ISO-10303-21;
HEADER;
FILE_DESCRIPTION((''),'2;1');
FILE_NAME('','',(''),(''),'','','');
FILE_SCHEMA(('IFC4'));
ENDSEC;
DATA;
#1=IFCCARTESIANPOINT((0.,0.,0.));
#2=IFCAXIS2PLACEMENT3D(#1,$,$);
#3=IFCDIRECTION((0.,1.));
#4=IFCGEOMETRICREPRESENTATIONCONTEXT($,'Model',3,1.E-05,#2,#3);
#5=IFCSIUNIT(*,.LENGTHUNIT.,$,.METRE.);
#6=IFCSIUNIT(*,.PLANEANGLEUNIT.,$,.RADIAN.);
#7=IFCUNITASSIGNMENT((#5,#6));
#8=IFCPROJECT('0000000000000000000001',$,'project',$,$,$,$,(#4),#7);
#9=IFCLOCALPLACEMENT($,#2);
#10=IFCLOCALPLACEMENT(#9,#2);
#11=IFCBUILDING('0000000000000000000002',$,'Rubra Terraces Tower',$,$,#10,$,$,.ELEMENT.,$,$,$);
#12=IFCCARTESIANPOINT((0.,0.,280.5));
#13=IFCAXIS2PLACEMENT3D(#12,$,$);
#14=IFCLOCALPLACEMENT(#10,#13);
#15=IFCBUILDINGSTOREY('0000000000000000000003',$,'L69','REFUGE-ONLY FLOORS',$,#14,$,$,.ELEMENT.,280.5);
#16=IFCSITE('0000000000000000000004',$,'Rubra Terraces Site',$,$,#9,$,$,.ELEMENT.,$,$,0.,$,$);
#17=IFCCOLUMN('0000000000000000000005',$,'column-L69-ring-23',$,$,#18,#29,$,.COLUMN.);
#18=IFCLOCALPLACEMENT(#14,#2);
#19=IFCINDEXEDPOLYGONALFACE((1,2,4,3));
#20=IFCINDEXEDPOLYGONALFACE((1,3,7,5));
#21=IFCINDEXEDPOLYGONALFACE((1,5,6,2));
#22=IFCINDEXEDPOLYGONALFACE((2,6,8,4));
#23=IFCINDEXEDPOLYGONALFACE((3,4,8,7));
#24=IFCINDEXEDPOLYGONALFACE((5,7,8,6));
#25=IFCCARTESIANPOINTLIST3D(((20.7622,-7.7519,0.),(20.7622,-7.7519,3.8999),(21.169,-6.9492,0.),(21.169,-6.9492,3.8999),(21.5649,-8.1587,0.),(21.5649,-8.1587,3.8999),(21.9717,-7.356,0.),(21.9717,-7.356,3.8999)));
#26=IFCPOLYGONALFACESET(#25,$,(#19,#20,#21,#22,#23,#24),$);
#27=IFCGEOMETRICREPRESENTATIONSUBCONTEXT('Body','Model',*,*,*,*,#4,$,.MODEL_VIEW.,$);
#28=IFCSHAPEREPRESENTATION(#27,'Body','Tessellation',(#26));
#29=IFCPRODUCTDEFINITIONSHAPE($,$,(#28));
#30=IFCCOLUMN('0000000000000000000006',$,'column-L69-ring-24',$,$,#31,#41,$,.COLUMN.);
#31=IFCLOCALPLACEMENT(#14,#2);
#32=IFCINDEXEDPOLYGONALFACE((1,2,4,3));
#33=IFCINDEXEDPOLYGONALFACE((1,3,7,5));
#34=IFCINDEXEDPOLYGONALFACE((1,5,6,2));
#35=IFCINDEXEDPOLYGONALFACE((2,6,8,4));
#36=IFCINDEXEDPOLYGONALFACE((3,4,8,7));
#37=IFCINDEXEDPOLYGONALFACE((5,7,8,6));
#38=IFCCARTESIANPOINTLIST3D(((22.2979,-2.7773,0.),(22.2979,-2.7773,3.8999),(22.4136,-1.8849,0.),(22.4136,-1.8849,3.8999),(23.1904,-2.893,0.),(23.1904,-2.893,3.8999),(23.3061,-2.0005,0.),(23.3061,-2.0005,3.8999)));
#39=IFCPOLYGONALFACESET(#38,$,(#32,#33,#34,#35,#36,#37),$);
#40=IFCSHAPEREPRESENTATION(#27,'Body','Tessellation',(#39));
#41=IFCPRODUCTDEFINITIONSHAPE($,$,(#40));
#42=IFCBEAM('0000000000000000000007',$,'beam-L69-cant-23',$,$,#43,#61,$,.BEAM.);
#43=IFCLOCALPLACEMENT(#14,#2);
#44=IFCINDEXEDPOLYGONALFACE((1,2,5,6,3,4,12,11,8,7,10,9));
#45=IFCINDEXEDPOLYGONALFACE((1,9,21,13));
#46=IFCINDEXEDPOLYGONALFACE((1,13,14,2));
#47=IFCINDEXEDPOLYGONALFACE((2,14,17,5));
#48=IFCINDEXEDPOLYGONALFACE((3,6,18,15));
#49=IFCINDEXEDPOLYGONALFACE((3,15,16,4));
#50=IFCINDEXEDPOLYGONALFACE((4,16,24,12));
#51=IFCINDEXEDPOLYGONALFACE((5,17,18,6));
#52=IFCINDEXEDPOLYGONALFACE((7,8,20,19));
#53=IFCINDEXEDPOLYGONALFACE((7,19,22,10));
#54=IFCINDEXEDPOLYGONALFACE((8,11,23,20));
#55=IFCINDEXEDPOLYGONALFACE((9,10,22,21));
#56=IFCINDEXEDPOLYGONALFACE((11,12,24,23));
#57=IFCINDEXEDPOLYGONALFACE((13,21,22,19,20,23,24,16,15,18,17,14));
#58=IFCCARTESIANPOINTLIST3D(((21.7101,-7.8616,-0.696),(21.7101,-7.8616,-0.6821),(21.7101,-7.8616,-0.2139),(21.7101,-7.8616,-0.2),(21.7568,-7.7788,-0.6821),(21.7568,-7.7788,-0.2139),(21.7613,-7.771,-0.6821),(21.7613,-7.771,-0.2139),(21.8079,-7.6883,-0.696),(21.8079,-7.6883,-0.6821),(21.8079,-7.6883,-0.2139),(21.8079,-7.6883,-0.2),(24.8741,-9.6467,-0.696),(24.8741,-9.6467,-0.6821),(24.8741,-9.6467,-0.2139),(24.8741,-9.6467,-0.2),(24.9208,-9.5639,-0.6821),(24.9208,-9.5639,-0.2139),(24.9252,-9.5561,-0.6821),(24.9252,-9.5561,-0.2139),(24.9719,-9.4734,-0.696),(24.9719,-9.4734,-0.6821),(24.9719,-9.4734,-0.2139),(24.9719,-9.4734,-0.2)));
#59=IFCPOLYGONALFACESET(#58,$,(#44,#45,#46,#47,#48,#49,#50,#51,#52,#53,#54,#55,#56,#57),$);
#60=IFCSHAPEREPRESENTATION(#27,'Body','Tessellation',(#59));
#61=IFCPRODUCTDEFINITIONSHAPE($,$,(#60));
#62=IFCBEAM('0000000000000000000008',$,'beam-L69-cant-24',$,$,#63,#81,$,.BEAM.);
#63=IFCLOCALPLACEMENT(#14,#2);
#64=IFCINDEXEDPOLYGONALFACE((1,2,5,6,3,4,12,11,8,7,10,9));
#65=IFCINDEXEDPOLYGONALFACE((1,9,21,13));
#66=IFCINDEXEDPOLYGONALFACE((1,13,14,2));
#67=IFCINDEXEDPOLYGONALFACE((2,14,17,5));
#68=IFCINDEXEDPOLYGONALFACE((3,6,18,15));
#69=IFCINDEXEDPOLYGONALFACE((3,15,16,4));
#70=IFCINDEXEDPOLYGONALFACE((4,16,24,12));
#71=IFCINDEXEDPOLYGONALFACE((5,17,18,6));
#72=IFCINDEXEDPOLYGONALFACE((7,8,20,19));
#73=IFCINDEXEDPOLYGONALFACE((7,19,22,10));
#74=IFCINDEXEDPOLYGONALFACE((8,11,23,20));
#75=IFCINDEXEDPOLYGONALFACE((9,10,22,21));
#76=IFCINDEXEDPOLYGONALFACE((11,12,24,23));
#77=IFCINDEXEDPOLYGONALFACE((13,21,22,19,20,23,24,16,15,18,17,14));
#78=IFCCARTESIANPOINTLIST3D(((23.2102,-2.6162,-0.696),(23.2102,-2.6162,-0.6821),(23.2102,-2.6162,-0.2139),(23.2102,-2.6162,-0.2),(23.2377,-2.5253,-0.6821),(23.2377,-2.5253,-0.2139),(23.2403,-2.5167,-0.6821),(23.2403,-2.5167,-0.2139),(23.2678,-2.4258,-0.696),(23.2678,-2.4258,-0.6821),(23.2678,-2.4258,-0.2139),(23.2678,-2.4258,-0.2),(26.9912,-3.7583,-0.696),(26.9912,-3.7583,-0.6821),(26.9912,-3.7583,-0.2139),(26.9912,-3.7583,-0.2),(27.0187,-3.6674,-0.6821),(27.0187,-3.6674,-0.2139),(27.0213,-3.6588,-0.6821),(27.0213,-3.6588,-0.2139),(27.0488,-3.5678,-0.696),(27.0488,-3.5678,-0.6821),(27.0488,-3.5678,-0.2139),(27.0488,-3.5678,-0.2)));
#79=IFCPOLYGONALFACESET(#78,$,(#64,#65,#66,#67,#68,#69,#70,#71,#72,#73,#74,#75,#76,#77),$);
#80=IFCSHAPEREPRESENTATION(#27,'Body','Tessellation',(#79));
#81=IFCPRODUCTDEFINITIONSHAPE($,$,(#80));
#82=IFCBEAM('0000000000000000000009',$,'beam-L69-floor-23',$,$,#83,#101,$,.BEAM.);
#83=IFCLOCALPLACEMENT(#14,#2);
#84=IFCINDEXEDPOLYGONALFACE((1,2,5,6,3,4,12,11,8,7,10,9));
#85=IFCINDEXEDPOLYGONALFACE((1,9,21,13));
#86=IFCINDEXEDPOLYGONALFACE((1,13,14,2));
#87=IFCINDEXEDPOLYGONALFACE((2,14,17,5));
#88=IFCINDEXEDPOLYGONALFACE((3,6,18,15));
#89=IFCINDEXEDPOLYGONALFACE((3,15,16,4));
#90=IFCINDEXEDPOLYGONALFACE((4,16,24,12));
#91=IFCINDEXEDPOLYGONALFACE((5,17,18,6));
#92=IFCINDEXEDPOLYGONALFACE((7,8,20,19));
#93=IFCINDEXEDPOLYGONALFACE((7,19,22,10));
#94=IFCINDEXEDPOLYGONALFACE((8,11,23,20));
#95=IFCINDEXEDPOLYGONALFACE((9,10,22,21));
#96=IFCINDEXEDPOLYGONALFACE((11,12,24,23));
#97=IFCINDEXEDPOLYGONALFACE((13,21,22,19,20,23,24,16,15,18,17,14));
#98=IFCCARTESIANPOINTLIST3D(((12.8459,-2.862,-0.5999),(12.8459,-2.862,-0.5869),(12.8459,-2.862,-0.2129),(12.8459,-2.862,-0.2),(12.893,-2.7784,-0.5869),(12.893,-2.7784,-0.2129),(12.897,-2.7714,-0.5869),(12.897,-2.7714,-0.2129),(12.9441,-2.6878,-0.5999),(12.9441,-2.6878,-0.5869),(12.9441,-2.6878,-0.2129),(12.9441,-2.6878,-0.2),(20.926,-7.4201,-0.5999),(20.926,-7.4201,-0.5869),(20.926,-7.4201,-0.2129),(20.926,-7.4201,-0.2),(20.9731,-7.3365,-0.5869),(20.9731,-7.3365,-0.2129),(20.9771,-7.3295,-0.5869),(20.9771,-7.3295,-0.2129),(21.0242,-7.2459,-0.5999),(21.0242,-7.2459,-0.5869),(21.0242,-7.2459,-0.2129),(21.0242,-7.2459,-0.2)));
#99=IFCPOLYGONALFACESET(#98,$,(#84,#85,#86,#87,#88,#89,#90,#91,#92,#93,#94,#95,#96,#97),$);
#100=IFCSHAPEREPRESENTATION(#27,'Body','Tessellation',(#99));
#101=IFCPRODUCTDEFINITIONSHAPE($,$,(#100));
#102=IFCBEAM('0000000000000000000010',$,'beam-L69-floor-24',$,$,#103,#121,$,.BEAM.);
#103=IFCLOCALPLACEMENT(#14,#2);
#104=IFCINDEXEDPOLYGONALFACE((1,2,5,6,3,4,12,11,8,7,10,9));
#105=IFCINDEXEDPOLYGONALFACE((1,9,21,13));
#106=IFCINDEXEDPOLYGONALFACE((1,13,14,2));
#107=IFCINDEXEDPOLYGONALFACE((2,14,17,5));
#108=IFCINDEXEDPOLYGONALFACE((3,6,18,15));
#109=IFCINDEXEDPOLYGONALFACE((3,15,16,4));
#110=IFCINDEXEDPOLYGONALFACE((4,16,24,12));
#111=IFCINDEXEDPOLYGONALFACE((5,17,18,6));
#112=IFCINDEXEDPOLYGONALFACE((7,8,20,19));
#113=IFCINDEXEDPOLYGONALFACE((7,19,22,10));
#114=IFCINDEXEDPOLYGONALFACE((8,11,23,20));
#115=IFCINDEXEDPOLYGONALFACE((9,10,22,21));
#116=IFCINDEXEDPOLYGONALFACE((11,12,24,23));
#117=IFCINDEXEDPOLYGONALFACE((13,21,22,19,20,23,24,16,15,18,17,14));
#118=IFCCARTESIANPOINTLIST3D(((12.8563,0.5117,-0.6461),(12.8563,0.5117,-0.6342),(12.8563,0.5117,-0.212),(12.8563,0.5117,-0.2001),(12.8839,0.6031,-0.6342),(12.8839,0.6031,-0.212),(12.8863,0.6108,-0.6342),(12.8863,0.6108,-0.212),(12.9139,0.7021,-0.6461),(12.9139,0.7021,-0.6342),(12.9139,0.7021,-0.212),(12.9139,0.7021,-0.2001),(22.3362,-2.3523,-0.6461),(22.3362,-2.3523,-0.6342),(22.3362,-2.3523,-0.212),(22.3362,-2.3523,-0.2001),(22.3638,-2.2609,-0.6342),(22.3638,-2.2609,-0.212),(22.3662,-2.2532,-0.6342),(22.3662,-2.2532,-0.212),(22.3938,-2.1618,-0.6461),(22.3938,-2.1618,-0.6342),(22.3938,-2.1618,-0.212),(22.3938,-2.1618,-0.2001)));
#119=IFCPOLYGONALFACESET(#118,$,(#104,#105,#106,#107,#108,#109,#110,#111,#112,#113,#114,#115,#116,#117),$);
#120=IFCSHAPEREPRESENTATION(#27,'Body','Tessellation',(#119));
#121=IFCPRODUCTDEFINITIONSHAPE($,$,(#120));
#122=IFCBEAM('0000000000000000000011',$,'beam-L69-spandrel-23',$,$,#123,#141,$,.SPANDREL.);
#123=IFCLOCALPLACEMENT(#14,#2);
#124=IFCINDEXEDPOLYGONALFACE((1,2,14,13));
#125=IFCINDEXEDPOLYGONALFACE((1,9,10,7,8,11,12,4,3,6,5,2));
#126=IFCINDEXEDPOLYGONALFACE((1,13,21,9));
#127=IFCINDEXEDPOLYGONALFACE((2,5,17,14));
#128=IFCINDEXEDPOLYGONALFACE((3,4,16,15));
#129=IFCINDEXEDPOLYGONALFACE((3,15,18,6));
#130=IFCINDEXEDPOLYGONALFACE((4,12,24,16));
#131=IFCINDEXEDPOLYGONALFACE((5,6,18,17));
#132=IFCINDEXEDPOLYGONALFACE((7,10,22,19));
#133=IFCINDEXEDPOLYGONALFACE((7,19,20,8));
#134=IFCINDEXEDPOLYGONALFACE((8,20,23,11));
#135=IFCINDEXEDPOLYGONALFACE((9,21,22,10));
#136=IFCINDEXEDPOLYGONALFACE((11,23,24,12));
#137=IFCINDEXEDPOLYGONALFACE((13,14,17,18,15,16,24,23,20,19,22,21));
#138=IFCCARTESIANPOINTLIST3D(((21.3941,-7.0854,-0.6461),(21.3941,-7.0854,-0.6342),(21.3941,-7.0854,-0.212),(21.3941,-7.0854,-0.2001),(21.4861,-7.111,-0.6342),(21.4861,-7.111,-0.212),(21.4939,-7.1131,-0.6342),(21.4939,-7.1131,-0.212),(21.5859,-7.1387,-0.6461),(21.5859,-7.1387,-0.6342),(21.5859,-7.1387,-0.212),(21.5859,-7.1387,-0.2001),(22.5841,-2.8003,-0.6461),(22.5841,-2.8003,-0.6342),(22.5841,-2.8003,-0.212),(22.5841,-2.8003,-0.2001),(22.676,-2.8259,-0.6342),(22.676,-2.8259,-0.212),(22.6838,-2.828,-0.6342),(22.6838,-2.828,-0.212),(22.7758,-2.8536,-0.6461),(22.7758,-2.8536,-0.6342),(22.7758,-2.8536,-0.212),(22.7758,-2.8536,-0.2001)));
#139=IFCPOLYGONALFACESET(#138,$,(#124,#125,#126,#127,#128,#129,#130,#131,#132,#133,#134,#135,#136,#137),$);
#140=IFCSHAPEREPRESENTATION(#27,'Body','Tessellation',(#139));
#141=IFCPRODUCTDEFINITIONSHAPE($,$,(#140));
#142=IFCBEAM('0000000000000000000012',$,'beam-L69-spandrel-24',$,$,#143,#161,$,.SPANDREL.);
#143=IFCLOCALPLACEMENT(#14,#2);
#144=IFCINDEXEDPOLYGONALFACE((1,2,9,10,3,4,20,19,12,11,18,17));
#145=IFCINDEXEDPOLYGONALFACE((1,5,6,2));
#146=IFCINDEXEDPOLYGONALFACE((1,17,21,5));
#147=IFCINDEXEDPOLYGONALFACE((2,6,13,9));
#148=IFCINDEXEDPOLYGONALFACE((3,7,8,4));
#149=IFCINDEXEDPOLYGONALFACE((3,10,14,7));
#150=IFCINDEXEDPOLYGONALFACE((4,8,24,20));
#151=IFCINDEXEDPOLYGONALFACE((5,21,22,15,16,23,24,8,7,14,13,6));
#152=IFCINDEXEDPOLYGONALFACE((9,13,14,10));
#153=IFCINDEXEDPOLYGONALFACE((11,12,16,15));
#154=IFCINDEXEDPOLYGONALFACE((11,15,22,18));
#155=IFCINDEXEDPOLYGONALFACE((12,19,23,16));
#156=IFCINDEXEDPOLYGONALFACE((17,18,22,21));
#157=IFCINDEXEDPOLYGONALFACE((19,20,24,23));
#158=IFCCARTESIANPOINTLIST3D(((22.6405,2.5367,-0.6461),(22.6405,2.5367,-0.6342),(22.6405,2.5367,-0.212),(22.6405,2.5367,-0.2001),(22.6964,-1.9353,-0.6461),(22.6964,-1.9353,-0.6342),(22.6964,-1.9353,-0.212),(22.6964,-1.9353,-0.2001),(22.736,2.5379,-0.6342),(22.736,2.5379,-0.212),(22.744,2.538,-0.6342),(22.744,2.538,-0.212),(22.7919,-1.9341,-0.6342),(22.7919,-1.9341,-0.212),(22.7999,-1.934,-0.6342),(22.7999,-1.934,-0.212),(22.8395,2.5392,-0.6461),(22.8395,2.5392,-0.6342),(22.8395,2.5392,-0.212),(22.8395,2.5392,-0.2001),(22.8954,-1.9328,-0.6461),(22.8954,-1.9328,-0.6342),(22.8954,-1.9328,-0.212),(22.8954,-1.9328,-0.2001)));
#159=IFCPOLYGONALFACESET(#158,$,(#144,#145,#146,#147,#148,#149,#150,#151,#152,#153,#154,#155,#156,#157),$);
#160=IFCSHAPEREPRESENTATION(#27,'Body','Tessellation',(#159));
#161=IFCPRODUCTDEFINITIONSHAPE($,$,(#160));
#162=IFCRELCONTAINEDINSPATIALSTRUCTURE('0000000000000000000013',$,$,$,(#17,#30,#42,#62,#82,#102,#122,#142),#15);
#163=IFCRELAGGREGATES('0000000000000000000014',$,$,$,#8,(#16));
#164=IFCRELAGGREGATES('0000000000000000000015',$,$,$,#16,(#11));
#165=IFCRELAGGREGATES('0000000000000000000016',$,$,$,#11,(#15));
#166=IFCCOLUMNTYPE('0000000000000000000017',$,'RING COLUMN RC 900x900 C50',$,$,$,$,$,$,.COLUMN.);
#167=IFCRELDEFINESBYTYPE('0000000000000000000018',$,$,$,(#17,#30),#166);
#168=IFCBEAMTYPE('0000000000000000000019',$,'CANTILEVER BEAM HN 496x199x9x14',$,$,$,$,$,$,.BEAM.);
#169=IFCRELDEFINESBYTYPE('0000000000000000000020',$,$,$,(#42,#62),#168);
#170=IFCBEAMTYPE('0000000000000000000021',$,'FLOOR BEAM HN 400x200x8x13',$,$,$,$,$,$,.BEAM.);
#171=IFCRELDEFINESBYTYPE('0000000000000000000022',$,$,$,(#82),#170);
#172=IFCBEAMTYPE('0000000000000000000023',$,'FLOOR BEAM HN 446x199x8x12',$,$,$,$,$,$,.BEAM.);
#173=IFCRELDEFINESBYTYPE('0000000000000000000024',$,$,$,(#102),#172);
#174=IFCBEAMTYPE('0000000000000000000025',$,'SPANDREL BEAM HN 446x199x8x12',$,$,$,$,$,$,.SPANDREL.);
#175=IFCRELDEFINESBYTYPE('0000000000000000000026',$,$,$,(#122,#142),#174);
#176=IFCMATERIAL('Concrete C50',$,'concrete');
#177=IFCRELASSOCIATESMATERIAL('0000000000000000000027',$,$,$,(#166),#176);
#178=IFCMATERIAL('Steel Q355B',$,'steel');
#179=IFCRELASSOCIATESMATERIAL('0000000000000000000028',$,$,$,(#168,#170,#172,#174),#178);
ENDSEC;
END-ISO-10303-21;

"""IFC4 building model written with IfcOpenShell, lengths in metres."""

from ifc_helpers import new_model, si_unit, direction, frame, origin, origin_2d, place, context, subcontext, project, spatial, rectangle, i_section, extrude, material, material_profile, profile_set, type_object, element, save


model = new_model("IFC4")

# Units and contexts
model_context = context("Model", 3, precision=1e-05, world=origin(), true_north=direction((0.0, 1.0)))
body_context = subcontext(model_context, "Body", "Model", "MODEL_VIEW")
ifc_project = project(units=[si_unit("LENGTHUNIT", "METRE"), si_unit("PLANEANGLEUNIT", "RADIAN")], contexts=[model_context])

# Site, building, storey
site_placement = place(None, origin())
site = spatial("IfcSite", under=ifc_project, at=site_placement, Name="Rubra Terraces Site", CompositionType="ELEMENT", RefElevation=0.0)
building_placement = place(site_placement, origin())
building = spatial("IfcBuilding", under=site, at=building_placement, Name="Rubra Terraces Tower", CompositionType="ELEMENT")
storey_placement = place(building_placement, frame((0.0, 0.0, 280.5)))
storey = spatial("IfcBuildingStorey", under=building, at=storey_placement, Name="L69", Description="REFUGE-ONLY FLOORS", CompositionType="ELEMENT", Elevation=280.5)

# Columns
ifc_material_1 = material(Name="Concrete C50", Category="concrete")
ifc_material_profile_1 = material_profile(ifc_material_1, rectangle(XDim=0.8999, YDim=0.8999, at=origin_2d()), Name="RC 900x900")
ifc_profile_set_1 = profile_set([ifc_material_profile_1], Name="Concrete C50")
column_type = type_object("IfcColumnType", Name="RING COLUMN RC 900x900 C50", PredefinedType="COLUMN", material=ifc_profile_set_1)
for number, where, z_axis, x_axis, name in (
    (1, (21.3669, -7.554, 0.0), (0.0, 0.0, 1.0), (0.452079, 0.891978, 0.0), "column-L69-ring-23"),
    (2, (22.802, -2.3889, 0.0), (0.0, 0.0, 1.0), (0.128535, 0.991705, 0.0), "column-L69-ring-24"),
):
    element("IfcColumn", number, at=place(storey_placement, frame(where, z_axis=z_axis, x_axis=x_axis)), inside=storey, type_object=column_type, Name=name, PredefinedType="COLUMN", context=body_context, shape_type="SweptSolid", body=[
        extrude(rectangle(XDim=0.8999, YDim=0.8999, at=origin_2d()), origin(), (0.0, 0.0, 1.0), 3.8999),
    ])

# Beams
ifc_material_2 = material(Name="Steel Q355B", Category="steel")
ifc_material_profile_2 = material_profile(ifc_material_2, i_section(OverallWidth=0.199, OverallDepth=0.4961, WebThickness=0.009, FlangeThickness=0.0139, at=origin_2d()), Name="HN 496x199x9x14")
ifc_profile_set_2 = profile_set([ifc_material_profile_2], Name="Steel Q355B")
beam_type_1 = type_object("IfcBeamType", Name="CANTILEVER BEAM HN 496x199x9x14", PredefinedType="BEAM", material=ifc_profile_set_2)
beam_1_placement = place(storey_placement, frame((21.759, -7.7749, -0.448), z_axis=(0.870943, -0.491384, 0.0), x_axis=(0.491384, 0.870943, 0.0)))
element("IfcBeam", 3, at=beam_1_placement, inside=storey, type_object=beam_type_1, Name="beam-L69-cant-23", PredefinedType="BEAM", context=body_context, shape_type="SweptSolid", body=[
    extrude(i_section(OverallWidth=0.199, OverallDepth=0.4961, WebThickness=0.009, FlangeThickness=0.0139, at=origin_2d()), origin(), (0.0, 0.0, 1.0), 3.6328),
])
beam_2_placement = place(storey_placement, frame((23.239, -2.521, -0.448), z_axis=(0.957282, -0.289156, 0.0), x_axis=(0.289156, 0.957282, 0.0)))
element("IfcBeam", 4, at=beam_2_placement, inside=storey, type_object=beam_type_1, Name="beam-L69-cant-24", PredefinedType="BEAM", context=body_context, shape_type="SweptSolid", body=[
    extrude(i_section(OverallWidth=0.199, OverallDepth=0.4961, WebThickness=0.009, FlangeThickness=0.0139, at=origin_2d()), origin(), (0.0, 0.0, 1.0), 3.9497),
])
ifc_material_profile_3 = material_profile(ifc_material_2, i_section(OverallWidth=0.2, OverallDepth=0.3999, WebThickness=0.0081, FlangeThickness=0.0129, at=origin_2d()), Name="HN 400x200x8x13")
ifc_profile_set_3 = profile_set([ifc_material_profile_3], Name="Steel Q355B")
beam_type_2 = type_object("IfcBeamType", Name="FLOOR BEAM HN 400x200x8x13", PredefinedType="BEAM", material=ifc_profile_set_3)
beam_3_placement = place(storey_placement, frame((20.9751, -7.333, -0.3999), z_axis=(-0.870973, 0.49133, 0.0), x_axis=(-0.49133, -0.870973, 0.0)))
element("IfcBeam", 5, at=beam_3_placement, inside=storey, type_object=beam_type_2, Name="beam-L69-floor-23", PredefinedType="BEAM", context=body_context, shape_type="SweptSolid", body=[
    extrude(i_section(OverallWidth=0.2, OverallDepth=0.3999, WebThickness=0.0081, FlangeThickness=0.0129, at=origin_2d()), origin(), (0.0, 0.0, 1.0), 9.2771),
])
ifc_material_profile_4 = material_profile(ifc_material_2, i_section(OverallWidth=0.199, OverallDepth=0.446, WebThickness=0.0081, FlangeThickness=0.012, at=origin_2d()), Name="HN 446x199x8x12")
ifc_profile_set_4 = profile_set([ifc_material_profile_4], Name="Steel Q355B")
beam_type_3 = type_object("IfcBeamType", Name="FLOOR BEAM HN 446x199x8x12", PredefinedType="BEAM", material=ifc_profile_set_4)
beam_4_placement = place(storey_placement, frame((22.365, -2.2571, -0.4231), z_axis=(-0.957268, 0.289202, 0.0), x_axis=(-0.289202, -0.957268, 0.0)))
element("IfcBeam", 6, at=beam_4_placement, inside=storey, type_object=beam_type_3, Name="beam-L69-floor-24", PredefinedType="BEAM", context=body_context, shape_type="SweptSolid", body=[
    extrude(i_section(OverallWidth=0.199, OverallDepth=0.446, WebThickness=0.0081, FlangeThickness=0.012, at=origin_2d()), origin(), (0.0, 0.0, 1.0), 9.9031),
])
ifc_material_profile_5 = material_profile(ifc_material_2, i_section(OverallWidth=0.199, OverallDepth=0.446, WebThickness=0.0081, FlangeThickness=0.012, at=origin_2d()), Name="HN 446x199x8x12")
ifc_profile_set_5 = profile_set([ifc_material_profile_5], Name="Steel Q355B")
beam_type_4 = type_object("IfcBeamType", Name="SPANDREL BEAM HN 446x199x8x12", PredefinedType="SPANDREL", material=ifc_profile_set_5)
beam_5_placement = place(storey_placement, frame((21.49, -7.1121, -0.4231), z_axis=(0.267565, 0.96354, 0.0), x_axis=(-0.96354, 0.267565, 0.0)))
element("IfcBeam", 7, at=beam_5_placement, inside=storey, type_object=beam_type_4, Name="beam-L69-spandrel-23", PredefinedType="SPANDREL", context=body_context, shape_type="SweptSolid", body=[
    extrude(i_section(OverallWidth=0.199, OverallDepth=0.446, WebThickness=0.0081, FlangeThickness=0.012, at=origin_2d()), origin(), (0.0, 0.0, 1.0), 4.4473),
])
beam_6_placement = place(storey_placement, frame((22.7959, -1.9341, -0.4231), z_axis=(-0.0125, 0.999922, 0.0), x_axis=(-0.999922, -0.0125, 0.0)))
element("IfcBeam", 8, at=beam_6_placement, inside=storey, type_object=beam_type_4, Name="beam-L69-spandrel-24", PredefinedType="SPANDREL", context=body_context, shape_type="SweptSolid", body=[
    extrude(i_section(OverallWidth=0.199, OverallDepth=0.446, WebThickness=0.0081, FlangeThickness=0.012, at=origin_2d()), origin(), (0.0, 0.0, 1.0), 4.4724),
])

save(model, "model.ifc")
